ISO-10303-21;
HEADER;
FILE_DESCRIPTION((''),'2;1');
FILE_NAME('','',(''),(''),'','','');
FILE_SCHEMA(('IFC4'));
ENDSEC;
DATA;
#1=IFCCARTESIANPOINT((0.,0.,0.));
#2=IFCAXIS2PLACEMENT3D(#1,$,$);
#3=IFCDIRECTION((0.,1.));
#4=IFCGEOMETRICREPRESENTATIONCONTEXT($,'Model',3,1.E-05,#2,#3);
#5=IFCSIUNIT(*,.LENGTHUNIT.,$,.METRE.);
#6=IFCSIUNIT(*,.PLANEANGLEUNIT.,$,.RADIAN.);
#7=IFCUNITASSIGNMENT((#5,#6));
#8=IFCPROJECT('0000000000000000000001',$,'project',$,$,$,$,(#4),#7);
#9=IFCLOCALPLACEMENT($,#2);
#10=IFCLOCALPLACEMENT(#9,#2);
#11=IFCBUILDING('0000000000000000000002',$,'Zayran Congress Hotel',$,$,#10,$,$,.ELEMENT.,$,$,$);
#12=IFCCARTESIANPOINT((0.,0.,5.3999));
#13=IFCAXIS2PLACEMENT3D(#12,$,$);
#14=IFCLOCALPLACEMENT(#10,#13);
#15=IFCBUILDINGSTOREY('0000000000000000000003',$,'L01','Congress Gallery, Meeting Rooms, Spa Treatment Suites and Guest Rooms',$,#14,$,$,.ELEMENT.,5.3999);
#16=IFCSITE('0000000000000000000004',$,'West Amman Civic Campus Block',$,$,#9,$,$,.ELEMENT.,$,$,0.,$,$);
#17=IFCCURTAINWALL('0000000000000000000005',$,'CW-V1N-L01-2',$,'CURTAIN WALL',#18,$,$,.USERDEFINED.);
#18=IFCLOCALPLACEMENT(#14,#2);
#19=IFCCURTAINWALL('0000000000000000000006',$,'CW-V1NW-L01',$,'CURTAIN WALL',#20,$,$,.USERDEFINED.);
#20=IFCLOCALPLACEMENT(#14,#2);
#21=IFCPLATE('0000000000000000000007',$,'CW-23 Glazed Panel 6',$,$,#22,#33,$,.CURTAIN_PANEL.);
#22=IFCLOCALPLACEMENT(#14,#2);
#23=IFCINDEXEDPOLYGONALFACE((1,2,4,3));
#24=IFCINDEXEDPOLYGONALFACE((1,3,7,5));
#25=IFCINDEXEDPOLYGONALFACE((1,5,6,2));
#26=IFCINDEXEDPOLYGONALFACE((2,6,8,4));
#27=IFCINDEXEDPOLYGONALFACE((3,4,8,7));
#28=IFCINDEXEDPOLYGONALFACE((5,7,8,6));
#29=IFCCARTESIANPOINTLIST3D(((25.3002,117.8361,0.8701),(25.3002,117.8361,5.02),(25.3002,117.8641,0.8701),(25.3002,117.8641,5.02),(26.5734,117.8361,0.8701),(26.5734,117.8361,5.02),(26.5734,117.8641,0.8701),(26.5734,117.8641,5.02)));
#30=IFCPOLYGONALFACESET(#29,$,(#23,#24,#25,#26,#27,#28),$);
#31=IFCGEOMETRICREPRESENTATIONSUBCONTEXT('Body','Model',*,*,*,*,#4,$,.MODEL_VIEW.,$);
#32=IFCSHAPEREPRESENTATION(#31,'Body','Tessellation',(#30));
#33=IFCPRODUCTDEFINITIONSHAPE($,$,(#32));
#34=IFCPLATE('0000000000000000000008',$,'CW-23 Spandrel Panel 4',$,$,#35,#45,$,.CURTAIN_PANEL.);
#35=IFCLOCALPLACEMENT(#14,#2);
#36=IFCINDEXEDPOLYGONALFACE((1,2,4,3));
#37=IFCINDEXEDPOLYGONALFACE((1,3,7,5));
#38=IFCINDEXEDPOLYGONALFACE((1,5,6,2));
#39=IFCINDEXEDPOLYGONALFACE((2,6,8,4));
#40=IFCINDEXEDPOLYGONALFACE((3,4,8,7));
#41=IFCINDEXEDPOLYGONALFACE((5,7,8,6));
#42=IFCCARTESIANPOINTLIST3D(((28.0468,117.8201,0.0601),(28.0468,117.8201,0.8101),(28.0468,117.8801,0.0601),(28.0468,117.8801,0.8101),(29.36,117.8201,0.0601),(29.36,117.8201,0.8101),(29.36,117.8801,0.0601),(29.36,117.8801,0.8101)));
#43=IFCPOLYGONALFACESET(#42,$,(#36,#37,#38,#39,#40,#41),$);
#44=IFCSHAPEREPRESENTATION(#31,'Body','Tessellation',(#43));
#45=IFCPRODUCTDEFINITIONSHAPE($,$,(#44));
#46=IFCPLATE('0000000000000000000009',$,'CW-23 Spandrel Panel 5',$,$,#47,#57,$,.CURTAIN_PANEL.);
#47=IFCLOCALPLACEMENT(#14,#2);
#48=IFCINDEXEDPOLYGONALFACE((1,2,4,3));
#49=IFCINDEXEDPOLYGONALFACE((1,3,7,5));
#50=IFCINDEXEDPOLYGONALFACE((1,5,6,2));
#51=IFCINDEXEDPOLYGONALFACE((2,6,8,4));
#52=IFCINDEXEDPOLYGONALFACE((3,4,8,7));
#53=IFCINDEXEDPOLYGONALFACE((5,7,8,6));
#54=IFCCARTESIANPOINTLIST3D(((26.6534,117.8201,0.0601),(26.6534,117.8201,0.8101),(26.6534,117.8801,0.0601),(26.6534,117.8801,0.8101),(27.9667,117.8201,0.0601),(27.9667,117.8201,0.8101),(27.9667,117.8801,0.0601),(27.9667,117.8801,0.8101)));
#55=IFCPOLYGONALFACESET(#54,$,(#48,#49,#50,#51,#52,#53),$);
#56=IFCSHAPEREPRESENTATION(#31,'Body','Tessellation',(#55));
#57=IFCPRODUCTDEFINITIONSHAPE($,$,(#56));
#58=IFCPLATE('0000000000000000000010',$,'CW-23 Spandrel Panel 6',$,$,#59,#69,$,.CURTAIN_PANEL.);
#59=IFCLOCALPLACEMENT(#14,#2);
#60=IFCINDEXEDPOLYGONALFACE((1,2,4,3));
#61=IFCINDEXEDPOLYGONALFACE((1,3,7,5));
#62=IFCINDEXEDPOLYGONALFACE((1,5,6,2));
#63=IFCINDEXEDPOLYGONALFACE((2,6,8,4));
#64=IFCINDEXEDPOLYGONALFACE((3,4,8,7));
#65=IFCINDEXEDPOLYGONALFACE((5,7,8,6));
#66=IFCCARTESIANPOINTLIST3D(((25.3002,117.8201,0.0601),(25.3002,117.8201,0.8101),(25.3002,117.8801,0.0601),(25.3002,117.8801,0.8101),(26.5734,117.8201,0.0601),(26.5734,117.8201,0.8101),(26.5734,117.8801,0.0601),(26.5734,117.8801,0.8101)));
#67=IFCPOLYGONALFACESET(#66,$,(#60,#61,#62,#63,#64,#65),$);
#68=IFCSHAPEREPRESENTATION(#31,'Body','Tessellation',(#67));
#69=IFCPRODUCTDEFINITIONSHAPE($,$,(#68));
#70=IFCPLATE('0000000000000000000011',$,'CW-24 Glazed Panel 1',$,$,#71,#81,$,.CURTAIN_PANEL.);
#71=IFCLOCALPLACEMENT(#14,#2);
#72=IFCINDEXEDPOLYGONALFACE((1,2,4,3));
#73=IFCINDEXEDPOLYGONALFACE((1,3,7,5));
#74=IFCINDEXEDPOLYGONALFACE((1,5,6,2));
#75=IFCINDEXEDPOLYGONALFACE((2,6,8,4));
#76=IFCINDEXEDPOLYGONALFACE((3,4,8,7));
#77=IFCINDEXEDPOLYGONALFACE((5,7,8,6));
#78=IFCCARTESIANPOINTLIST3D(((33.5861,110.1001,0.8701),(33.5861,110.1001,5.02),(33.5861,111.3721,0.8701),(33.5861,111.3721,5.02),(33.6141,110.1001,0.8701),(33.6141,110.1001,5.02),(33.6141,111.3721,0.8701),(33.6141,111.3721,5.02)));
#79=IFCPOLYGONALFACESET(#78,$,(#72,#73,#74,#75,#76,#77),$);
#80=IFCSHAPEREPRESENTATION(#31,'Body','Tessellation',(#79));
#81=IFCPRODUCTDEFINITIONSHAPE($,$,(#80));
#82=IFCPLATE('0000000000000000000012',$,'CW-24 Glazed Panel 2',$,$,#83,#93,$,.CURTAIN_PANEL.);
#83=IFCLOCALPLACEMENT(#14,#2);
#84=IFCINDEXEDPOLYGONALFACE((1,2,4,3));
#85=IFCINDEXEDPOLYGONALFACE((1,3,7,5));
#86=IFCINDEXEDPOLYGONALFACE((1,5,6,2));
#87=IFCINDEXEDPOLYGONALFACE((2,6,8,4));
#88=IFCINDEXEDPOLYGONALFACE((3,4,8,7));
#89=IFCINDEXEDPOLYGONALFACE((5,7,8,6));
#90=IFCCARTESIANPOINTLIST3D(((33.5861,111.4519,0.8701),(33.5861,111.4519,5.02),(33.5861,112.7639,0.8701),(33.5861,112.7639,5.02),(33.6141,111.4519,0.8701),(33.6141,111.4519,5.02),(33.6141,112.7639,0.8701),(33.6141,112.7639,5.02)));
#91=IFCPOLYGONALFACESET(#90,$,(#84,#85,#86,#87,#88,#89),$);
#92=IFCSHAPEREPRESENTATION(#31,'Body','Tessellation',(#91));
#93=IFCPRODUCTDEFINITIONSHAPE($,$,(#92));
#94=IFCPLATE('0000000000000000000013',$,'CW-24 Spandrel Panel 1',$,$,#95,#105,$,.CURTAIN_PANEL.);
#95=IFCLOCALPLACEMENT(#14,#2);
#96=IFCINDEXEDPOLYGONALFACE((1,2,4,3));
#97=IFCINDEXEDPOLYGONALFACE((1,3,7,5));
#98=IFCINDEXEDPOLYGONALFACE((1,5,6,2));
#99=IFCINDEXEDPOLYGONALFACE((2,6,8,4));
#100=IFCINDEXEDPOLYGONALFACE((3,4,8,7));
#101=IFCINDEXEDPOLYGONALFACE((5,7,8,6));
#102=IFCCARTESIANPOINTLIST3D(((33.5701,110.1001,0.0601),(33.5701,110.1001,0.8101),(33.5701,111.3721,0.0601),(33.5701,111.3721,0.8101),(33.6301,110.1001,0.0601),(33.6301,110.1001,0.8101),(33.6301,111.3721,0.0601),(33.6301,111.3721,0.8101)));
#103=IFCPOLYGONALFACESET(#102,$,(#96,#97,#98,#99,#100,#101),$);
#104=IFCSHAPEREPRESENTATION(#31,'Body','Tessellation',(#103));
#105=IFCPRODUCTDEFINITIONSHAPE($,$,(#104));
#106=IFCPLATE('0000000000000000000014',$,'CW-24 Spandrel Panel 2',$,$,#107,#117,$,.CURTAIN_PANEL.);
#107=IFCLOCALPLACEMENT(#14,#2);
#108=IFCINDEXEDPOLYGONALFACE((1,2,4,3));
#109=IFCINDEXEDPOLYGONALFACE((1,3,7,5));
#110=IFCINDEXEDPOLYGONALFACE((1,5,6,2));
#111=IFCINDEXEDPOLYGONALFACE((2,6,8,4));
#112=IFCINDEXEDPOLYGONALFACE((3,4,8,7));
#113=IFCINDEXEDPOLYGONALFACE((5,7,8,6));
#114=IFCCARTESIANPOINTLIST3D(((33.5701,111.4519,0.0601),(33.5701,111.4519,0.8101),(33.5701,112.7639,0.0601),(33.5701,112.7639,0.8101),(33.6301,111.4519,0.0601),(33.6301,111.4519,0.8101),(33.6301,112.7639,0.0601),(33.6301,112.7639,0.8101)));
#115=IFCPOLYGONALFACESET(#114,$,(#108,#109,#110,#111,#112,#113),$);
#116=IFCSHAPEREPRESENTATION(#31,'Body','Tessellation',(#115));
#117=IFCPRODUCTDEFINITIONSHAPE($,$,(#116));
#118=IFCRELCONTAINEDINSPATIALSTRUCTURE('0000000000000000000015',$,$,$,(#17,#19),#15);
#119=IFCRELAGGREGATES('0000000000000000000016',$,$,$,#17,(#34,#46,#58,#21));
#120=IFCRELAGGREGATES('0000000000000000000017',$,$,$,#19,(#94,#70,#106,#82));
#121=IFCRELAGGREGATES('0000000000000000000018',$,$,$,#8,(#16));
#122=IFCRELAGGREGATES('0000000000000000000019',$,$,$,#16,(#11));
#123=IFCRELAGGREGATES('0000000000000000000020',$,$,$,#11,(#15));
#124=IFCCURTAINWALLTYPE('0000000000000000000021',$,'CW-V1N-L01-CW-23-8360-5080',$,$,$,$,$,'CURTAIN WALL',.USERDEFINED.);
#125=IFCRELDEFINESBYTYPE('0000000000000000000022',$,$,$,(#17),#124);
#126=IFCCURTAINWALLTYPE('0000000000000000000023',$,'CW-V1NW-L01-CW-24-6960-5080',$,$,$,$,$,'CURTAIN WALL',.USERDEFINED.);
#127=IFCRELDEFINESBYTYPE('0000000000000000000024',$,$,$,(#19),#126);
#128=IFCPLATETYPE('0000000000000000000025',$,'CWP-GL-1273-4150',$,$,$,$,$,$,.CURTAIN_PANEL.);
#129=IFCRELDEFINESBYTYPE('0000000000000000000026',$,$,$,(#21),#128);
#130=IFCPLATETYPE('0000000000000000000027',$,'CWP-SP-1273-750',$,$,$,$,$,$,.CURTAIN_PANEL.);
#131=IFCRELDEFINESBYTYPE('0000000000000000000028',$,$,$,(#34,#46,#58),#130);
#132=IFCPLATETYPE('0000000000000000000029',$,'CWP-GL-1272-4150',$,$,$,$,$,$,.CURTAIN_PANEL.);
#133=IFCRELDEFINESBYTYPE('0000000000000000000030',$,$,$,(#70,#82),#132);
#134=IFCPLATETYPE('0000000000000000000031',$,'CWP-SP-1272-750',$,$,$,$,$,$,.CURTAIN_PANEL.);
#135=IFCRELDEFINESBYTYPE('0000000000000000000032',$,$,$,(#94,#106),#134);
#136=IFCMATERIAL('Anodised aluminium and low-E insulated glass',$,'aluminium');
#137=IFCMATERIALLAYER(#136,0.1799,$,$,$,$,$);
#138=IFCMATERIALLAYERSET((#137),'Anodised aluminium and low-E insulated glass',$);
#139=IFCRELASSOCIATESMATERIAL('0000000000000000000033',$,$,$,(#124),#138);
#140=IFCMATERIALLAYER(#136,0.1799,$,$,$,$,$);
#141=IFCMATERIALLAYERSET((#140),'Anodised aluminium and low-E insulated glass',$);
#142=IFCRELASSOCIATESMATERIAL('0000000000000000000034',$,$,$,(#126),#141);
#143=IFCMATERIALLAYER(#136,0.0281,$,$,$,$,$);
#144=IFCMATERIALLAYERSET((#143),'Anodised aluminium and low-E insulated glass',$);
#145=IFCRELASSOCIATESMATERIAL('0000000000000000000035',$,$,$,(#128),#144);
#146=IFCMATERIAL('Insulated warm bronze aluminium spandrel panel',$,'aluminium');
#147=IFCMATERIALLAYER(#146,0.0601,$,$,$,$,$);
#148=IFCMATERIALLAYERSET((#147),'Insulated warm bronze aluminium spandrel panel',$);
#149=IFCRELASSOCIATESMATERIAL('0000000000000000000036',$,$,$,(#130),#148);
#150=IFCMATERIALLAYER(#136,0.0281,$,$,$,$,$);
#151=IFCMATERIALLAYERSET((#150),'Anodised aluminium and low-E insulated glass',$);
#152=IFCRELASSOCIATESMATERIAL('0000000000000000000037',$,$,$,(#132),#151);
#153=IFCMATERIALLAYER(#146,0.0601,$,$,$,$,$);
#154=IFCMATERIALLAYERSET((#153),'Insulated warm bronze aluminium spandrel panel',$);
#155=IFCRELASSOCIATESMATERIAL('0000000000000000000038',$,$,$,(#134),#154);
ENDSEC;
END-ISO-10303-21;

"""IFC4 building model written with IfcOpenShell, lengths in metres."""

from ifc_helpers import new_model, si_unit, direction, frame, origin, origin_2d, place, context, subcontext, project, spatial, rectangle, extrude, material, layer, layer_set, type_object, element, aggregate, save


model = new_model("IFC4")

# Units and contexts
model_context = context("Model", 3, precision=1e-05, world=origin(), true_north=direction((0.0, 1.0)))
body_context = subcontext(model_context, "Body", "Model", "MODEL_VIEW")
ifc_project = project(units=[si_unit("LENGTHUNIT", "METRE"), si_unit("PLANEANGLEUNIT", "RADIAN")], contexts=[model_context])

# Site, building, storey
site_placement = place(None, origin())
site = spatial("IfcSite", under=ifc_project, at=site_placement, Name="West Amman Civic Campus Block", CompositionType="ELEMENT", RefElevation=0.0)
building_placement = place(site_placement, origin())
building = spatial("IfcBuilding", under=site, at=building_placement, Name="Zayran Congress Hotel", CompositionType="ELEMENT")
storey_placement = place(building_placement, frame((0.0, 0.0, 5.3999)))
storey = spatial("IfcBuildingStorey", under=building, at=storey_placement, Name="L01", Description="Congress Gallery, Meeting Rooms, Spa Treatment Suites and Guest Rooms", CompositionType="ELEMENT", Elevation=5.3999)

# Curtain walls
ifc_material_1 = material(Name="Anodised aluminium and low-E insulated glass", Category="aluminium")
ifc_layer_1 = layer(ifc_material_1, 0.1799)
ifc_layer_set_1 = layer_set([ifc_layer_1], Name="Anodised aluminium and low-E insulated glass")
curtain_wall_type_1 = type_object("IfcCurtainWallType", Name="CW-V1N-L01-CW-23-8360-5080", ElementType="CURTAIN WALL", PredefinedType="USERDEFINED", material=ifc_layer_set_1)
curtain_wall_1_placement = place(storey_placement, origin())
curtain_wall_1 = element("IfcCurtainWall", 1, at=curtain_wall_1_placement, inside=storey, type_object=curtain_wall_type_1, Name="CW-V1N-L01-2", ObjectType="CURTAIN WALL", PredefinedType="USERDEFINED")
ifc_layer_2 = layer(ifc_material_1, 0.1799)
ifc_layer_set_2 = layer_set([ifc_layer_2], Name="Anodised aluminium and low-E insulated glass")
curtain_wall_type_2 = type_object("IfcCurtainWallType", Name="CW-V1NW-L01-CW-24-6960-5080", ElementType="CURTAIN WALL", PredefinedType="USERDEFINED", material=ifc_layer_set_2)
curtain_wall_2_placement = place(storey_placement, origin())
curtain_wall_2 = element("IfcCurtainWall", 2, at=curtain_wall_2_placement, inside=storey, type_object=curtain_wall_type_2, Name="CW-V1NW-L01", ObjectType="CURTAIN WALL", PredefinedType="USERDEFINED")

# Plates
ifc_layer_3 = layer(ifc_material_1, 0.0281)
ifc_layer_set_3 = layer_set([ifc_layer_3], Name="Anodised aluminium and low-E insulated glass")
plate_type_1 = type_object("IfcPlateType", Name="CWP-GL-1273-4150", PredefinedType="CURTAIN_PANEL", material=ifc_layer_set_3)
plate_1_placement = place(storey_placement, frame((25.9368, 117.8501, 0.8701), z_axis=(0.0, 0.0, 1.0), x_axis=(1.0, 0.0, 0.0)))
plate_1 = element("IfcPlate", 3, at=plate_1_placement, type_object=plate_type_1, Name="CW-23 Glazed Panel 6", PredefinedType="CURTAIN_PANEL", context=body_context, shape_type="SweptSolid", body=[
    extrude(rectangle(XDim=1.2732, YDim=0.0281, at=origin_2d()), origin(), (0.0, 0.0, 1.0), 4.1499),
])
ifc_material_2 = material(Name="Insulated warm bronze aluminium spandrel panel", Category="aluminium")
ifc_layer_4 = layer(ifc_material_2, 0.0601)
ifc_layer_set_4 = layer_set([ifc_layer_4], Name="Insulated warm bronze aluminium spandrel panel")
plate_type_2 = type_object("IfcPlateType", Name="CWP-SP-1273-750", PredefinedType="CURTAIN_PANEL", material=ifc_layer_set_4)
plate_2_placement = place(storey_placement, frame((28.7034, 117.8501, 0.0601), z_axis=(0.0, 0.0, 1.0), x_axis=(1.0, 0.0, 0.0)))
plate_2 = element("IfcPlate", 4, at=plate_2_placement, type_object=plate_type_2, Name="CW-23 Spandrel Panel 4", PredefinedType="CURTAIN_PANEL", context=body_context, shape_type="SweptSolid", body=[
    extrude(rectangle(XDim=1.3132, YDim=0.0601, at=origin_2d()), origin(), (0.0, 0.0, 1.0), 0.75),
])
plate_3_placement = place(storey_placement, frame((27.3101, 117.8501, 0.0601), z_axis=(0.0, 0.0, 1.0), x_axis=(1.0, 0.0, 0.0)))
plate_3 = element("IfcPlate", 5, at=plate_3_placement, type_object=plate_type_2, Name="CW-23 Spandrel Panel 5", PredefinedType="CURTAIN_PANEL", context=body_context, shape_type="SweptSolid", body=[
    extrude(rectangle(XDim=1.3132, YDim=0.0601, at=origin_2d()), origin(), (0.0, 0.0, 1.0), 0.75),
])
plate_4_placement = place(storey_placement, frame((25.9368, 117.8501, 0.0601), z_axis=(0.0, 0.0, 1.0), x_axis=(1.0, 0.0, 0.0)))
plate_4 = element("IfcPlate", 6, at=plate_4_placement, type_object=plate_type_2, Name="CW-23 Spandrel Panel 6", PredefinedType="CURTAIN_PANEL", context=body_context, shape_type="SweptSolid", body=[
    extrude(rectangle(XDim=1.2732, YDim=0.0601, at=origin_2d()), origin(), (0.0, 0.0, 1.0), 0.75),
])
aggregate(curtain_wall_1, [plate_2, plate_3, plate_4, plate_1])
ifc_layer_5 = layer(ifc_material_1, 0.0281)
ifc_layer_set_5 = layer_set([ifc_layer_5], Name="Anodised aluminium and low-E insulated glass")
plate_type_3 = type_object("IfcPlateType", Name="CWP-GL-1272-4150", PredefinedType="CURTAIN_PANEL", material=ifc_layer_set_5)
plate_5_placement = place(storey_placement, frame((33.6001, 110.7361, 0.8701), z_axis=(0.0, 0.0, 1.0), x_axis=(0.0, 1.0, 0.0)))
plate_5 = element("IfcPlate", 7, at=plate_5_placement, type_object=plate_type_3, Name="CW-24 Glazed Panel 1", PredefinedType="CURTAIN_PANEL", context=body_context, shape_type="SweptSolid", body=[
    extrude(rectangle(XDim=1.272, YDim=0.0281, at=origin_2d()), origin(), (0.0, 0.0, 1.0), 4.1499),
])
plate_6_placement = place(storey_placement, frame((33.6001, 112.1079, 0.8701), z_axis=(0.0, 0.0, 1.0), x_axis=(0.0, 1.0, 0.0)))
plate_6 = element("IfcPlate", 8, at=plate_6_placement, type_object=plate_type_3, Name="CW-24 Glazed Panel 2", PredefinedType="CURTAIN_PANEL", context=body_context, shape_type="SweptSolid", body=[
    extrude(rectangle(XDim=1.312, YDim=0.0281, at=origin_2d()), origin(), (0.0, 0.0, 1.0), 4.1499),
])
ifc_layer_6 = layer(ifc_material_2, 0.0601)
ifc_layer_set_6 = layer_set([ifc_layer_6], Name="Insulated warm bronze aluminium spandrel panel")
plate_type_4 = type_object("IfcPlateType", Name="CWP-SP-1272-750", PredefinedType="CURTAIN_PANEL", material=ifc_layer_set_6)
plate_7_placement = place(storey_placement, frame((33.6001, 110.7361, 0.0601), z_axis=(0.0, 0.0, 1.0), x_axis=(0.0, 1.0, 0.0)))
plate_7 = element("IfcPlate", 9, at=plate_7_placement, type_object=plate_type_4, Name="CW-24 Spandrel Panel 1", PredefinedType="CURTAIN_PANEL", context=body_context, shape_type="SweptSolid", body=[
    extrude(rectangle(XDim=1.272, YDim=0.0601, at=origin_2d()), origin(), (0.0, 0.0, 1.0), 0.75),
])
plate_8_placement = place(storey_placement, frame((33.6001, 112.1079, 0.0601), z_axis=(0.0, 0.0, 1.0), x_axis=(0.0, 1.0, 0.0)))
plate_8 = element("IfcPlate", 10, at=plate_8_placement, type_object=plate_type_4, Name="CW-24 Spandrel Panel 2", PredefinedType="CURTAIN_PANEL", context=body_context, shape_type="SweptSolid", body=[
    extrude(rectangle(XDim=1.312, YDim=0.0601, at=origin_2d()), origin(), (0.0, 0.0, 1.0), 0.75),
])
aggregate(curtain_wall_2, [plate_7, plate_5, plate_8, plate_6])

save(model, "model.ifc")
